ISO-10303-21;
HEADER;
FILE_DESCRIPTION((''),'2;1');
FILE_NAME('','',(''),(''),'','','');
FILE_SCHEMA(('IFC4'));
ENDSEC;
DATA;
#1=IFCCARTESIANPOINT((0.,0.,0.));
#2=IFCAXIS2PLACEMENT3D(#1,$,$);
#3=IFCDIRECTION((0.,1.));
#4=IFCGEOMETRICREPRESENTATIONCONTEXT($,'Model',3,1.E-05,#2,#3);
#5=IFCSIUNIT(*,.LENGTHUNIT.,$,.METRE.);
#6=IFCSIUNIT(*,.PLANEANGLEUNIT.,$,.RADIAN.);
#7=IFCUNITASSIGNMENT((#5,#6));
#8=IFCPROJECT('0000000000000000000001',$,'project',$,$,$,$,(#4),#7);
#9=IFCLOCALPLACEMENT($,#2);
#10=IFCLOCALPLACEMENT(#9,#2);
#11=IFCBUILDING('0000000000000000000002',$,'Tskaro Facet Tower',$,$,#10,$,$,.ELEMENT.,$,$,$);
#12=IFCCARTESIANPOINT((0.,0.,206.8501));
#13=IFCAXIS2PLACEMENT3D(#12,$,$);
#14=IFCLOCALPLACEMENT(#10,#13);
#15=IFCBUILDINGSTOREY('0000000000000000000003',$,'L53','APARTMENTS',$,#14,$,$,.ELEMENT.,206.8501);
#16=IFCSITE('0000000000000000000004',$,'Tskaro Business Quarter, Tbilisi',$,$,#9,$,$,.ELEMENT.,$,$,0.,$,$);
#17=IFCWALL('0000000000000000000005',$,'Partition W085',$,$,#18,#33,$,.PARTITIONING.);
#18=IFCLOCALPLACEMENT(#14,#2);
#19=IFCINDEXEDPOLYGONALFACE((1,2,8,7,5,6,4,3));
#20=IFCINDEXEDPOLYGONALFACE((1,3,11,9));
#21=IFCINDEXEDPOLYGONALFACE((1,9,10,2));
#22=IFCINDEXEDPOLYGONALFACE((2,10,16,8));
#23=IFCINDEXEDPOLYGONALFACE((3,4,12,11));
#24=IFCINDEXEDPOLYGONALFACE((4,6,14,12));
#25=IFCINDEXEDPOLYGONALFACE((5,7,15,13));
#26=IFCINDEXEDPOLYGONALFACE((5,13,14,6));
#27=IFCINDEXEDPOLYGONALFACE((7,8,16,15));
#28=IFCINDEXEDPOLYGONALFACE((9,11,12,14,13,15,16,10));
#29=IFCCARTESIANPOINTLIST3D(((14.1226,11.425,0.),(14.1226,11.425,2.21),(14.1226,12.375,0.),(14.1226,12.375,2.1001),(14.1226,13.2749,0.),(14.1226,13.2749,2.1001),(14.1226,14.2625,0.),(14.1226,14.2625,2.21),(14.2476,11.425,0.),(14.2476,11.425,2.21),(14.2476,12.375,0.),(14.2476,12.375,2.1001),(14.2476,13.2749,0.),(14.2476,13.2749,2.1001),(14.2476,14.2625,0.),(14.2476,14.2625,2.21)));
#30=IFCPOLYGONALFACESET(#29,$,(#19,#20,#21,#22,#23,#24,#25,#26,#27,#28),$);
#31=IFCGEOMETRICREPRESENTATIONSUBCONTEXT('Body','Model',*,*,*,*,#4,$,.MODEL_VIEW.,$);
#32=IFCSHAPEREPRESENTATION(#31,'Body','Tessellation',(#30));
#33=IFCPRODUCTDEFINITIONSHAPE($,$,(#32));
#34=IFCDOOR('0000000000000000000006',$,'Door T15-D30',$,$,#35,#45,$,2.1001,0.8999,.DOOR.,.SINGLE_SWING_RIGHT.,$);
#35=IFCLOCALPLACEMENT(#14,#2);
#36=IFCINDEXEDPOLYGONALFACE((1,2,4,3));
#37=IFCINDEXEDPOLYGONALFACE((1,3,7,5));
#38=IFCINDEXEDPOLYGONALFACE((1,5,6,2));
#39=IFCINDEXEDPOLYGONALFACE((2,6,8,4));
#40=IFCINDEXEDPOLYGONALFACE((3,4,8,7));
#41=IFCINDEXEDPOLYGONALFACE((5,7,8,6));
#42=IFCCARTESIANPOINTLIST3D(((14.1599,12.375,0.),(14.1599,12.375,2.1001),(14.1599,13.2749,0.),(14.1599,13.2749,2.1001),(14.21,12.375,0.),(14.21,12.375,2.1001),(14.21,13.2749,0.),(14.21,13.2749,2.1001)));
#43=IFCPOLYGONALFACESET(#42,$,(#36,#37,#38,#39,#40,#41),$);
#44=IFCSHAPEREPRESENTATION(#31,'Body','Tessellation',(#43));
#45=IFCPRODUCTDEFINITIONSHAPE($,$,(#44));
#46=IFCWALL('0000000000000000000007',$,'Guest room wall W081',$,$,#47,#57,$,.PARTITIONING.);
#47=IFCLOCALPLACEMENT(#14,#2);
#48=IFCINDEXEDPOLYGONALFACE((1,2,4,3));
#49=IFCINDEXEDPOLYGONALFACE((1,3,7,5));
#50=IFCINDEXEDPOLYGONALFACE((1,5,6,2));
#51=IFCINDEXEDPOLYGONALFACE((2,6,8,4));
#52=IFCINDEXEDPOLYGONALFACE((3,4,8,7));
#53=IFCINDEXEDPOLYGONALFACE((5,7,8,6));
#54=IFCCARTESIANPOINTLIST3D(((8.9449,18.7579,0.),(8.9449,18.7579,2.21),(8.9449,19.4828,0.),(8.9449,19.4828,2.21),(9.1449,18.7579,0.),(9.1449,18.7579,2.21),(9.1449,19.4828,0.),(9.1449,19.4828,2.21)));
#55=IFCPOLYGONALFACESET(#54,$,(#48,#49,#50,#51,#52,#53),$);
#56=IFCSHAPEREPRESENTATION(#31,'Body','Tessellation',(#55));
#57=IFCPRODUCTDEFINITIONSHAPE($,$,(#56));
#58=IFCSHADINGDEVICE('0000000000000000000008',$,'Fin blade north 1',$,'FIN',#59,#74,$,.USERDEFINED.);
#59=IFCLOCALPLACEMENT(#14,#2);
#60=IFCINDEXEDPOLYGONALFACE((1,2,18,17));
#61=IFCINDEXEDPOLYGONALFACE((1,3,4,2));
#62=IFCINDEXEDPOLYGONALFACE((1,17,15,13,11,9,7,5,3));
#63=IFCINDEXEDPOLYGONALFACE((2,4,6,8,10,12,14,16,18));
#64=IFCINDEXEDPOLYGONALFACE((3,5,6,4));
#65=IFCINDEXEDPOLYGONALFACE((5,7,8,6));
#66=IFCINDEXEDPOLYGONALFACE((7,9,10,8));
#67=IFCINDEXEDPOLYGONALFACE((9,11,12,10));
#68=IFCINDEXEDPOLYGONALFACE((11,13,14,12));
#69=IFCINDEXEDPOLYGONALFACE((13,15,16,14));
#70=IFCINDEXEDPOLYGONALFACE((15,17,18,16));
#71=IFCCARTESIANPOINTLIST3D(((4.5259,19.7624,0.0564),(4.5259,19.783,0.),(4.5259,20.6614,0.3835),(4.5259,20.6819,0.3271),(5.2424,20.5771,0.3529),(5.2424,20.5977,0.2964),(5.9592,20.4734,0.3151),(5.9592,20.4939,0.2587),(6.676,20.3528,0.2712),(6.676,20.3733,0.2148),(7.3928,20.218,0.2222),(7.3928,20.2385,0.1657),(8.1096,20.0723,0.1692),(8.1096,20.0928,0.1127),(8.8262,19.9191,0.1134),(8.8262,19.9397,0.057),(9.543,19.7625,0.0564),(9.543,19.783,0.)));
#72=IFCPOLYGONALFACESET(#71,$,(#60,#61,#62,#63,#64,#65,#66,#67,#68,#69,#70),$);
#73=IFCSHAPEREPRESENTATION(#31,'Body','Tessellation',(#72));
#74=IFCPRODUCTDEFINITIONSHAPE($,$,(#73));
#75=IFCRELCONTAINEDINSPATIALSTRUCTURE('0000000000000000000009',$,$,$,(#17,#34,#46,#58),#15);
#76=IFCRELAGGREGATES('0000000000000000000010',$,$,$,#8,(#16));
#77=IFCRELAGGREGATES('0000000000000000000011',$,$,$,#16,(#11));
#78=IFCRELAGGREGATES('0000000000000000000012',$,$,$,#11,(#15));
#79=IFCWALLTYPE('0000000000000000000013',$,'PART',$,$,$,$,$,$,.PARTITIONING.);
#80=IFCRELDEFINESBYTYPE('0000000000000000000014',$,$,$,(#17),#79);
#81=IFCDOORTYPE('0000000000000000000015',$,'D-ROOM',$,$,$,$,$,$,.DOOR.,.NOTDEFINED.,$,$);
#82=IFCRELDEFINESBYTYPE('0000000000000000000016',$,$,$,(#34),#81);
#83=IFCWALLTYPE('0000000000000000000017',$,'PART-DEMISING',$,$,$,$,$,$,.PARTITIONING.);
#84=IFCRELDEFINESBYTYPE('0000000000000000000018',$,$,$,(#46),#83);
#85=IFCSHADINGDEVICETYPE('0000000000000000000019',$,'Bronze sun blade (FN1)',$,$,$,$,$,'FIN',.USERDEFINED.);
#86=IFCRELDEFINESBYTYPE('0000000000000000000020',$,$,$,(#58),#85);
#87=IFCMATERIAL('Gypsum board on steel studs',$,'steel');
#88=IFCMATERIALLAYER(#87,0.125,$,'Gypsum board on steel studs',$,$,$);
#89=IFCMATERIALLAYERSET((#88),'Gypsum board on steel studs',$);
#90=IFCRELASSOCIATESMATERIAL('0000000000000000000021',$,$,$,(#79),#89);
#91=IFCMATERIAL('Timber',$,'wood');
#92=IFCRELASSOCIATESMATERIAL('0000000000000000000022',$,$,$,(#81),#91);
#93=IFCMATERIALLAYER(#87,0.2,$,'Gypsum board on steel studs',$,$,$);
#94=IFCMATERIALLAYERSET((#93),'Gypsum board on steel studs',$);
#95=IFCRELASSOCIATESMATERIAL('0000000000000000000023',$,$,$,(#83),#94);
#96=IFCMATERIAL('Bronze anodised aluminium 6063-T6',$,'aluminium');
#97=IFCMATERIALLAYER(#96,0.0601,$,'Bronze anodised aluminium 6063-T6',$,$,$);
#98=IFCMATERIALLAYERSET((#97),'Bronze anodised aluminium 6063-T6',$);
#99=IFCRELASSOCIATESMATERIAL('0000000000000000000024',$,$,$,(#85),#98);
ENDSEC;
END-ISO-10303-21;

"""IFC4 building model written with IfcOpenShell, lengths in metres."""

from ifc_helpers import new_model, si_unit, direction, frame, frame_2d, origin, place, context, subcontext, project, spatial, polyline, rectangle, outline, extrude, material, layer, layer_set, type_object, element, fill, save


model = new_model("IFC4")

# Units and contexts
model_context = context("Model", 3, precision=1e-05, world=origin(), true_north=direction((0.0, 1.0)))
body_context = subcontext(model_context, "Body", "Model", "MODEL_VIEW")
ifc_project = project(units=[si_unit("LENGTHUNIT", "METRE"), si_unit("PLANEANGLEUNIT", "RADIAN")], contexts=[model_context])

# Site, building, storey
site_placement = place(None, origin())
site = spatial("IfcSite", under=ifc_project, at=site_placement, Name="Tskaro Business Quarter, Tbilisi", CompositionType="ELEMENT", RefElevation=0.0)
building_placement = place(site_placement, origin())
building = spatial("IfcBuilding", under=site, at=building_placement, Name="Tskaro Facet Tower", CompositionType="ELEMENT")
storey_placement = place(building_placement, frame((0.0, 0.0, 206.8501)))
storey = spatial("IfcBuildingStorey", under=building, at=storey_placement, Name="L53", Description="APARTMENTS", CompositionType="ELEMENT", Elevation=206.8501)

# Shared definitions
ifc_material_1 = material(Name="Bronze anodised aluminium 6063-T6", Category="aluminium")

# Shared definitions
ifc_material_2 = material(Name="Gypsum board on steel studs", Category="steel")
ifc_layer_1 = layer(ifc_material_2, 0.125, Name="Gypsum board on steel studs")
ifc_layer_set_1 = layer_set([ifc_layer_1], Name="Gypsum board on steel studs")
wall_type_1 = type_object("IfcWallType", Name="PART", PredefinedType="PARTITIONING", material=ifc_layer_set_1)

# Wall, opening, door
wall_1_placement = place(storey_placement, frame((14.1851, 14.2625, 0.0), z_axis=(0.0, 0.0, 1.0), x_axis=(0.0, -1.0, 0.0)))
wall_1 = element("IfcWall", 1, at=wall_1_placement, inside=storey, type_object=wall_type_1, Name="Partition W085", PredefinedType="PARTITIONING", context=body_context, shape_type="SweptSolid", body=[
    extrude(rectangle(XDim=2.8374, YDim=0.125, at=frame_2d((1.4187, 0.0))), origin(), (0.0, 0.0, 1.0), 2.21),
])
opening_placement = place(wall_1_placement, frame((0.9875, 0.0, 0.0)))
opening = element("IfcOpeningElement", 2, at=opening_placement, cuts=wall_1, PredefinedType="OPENING", context=body_context, shape_type="SweptSolid", body=[
    extrude(rectangle(XDim=0.8999, YDim=2.1001, at=frame_2d((0.45, 1.05))), frame((0.0, 0.0725, 0.0), z_axis=(0.0, -1.0, 0.0), x_axis=(1.0, 0.0, 0.0)), (0.0, 0.0, 1.0), 0.145),
])
ifc_material_3 = material(Name="Timber", Category="wood")
door_type = type_object("IfcDoorType", Name="D-ROOM", OperationType="NOTDEFINED", PredefinedType="DOOR", material=ifc_material_3)
door_placement = place(opening_placement, origin())
door = element("IfcDoor", 3, at=door_placement, inside=storey, type_object=door_type, Name="Door T15-D30", OperationType="SINGLE_SWING_RIGHT", OverallHeight=2.1001, OverallWidth=0.8999, PredefinedType="DOOR", context=body_context, shape_type="SweptSolid", body=[
    extrude(rectangle(XDim=0.8999, YDim=2.1001, at=frame_2d((0.45, 1.05))), frame((0.0, 0.0249, 0.0), z_axis=(0.0, -1.0, 0.0), x_axis=(1.0, 0.0, 0.0)), (0.0, 0.0, 1.0), 0.05),
])
fill(opening, door)

# Wall
ifc_layer_2 = layer(ifc_material_2, 0.2, Name="Gypsum board on steel studs")
ifc_layer_set_2 = layer_set([ifc_layer_2], Name="Gypsum board on steel studs")
wall_type_2 = type_object("IfcWallType", Name="PART-DEMISING", PredefinedType="PARTITIONING", material=ifc_layer_set_2)
wall_2_placement = place(storey_placement, frame((9.0449, 18.7581, 0.0), z_axis=(0.0, 0.0, 1.0), x_axis=(0.0, 1.0, 0.0)))
element("IfcWall", 4, at=wall_2_placement, inside=storey, type_object=wall_type_2, Name="Guest room wall W081", PredefinedType="PARTITIONING", context=body_context, shape_type="SweptSolid", body=[
    extrude(rectangle(XDim=0.7249, YDim=0.2, at=frame_2d((0.3623, 0.0))), origin(), (0.0, 0.0, 1.0), 2.21),
])

# Shading device
ifc_layer_3 = layer(ifc_material_1, 0.0601, Name="Bronze anodised aluminium 6063-T6")
ifc_layer_set_3 = layer_set([ifc_layer_3], Name="Bronze anodised aluminium 6063-T6")
shading_device_type = type_object("IfcShadingDeviceType", Name="Bronze sun blade (FN1)", ElementType="FIN", PredefinedType="USERDEFINED", material=ifc_layer_set_3)
shading_device_placement = place(storey_placement, frame((9.543, 19.7625, 0.0564), z_axis=(0.000009, -0.341944, 0.93972), x_axis=(-1.0, -0.000003, 0.000009)))
element("IfcShadingDevice", 5, at=shading_device_placement, inside=storey, type_object=shading_device_type, Name="Fin blade north 1", ObjectType="FIN", PredefinedType="USERDEFINED", context=body_context, shape_type="SweptSolid", body=[
    extrude(outline(polyline([(0.0, 0.0), (5.0171, 0.0), (5.0171, -0.9566), (4.3005, -0.8669), (3.5837, -0.7566), (2.8669, -0.6282), (2.1501, -0.4848), (1.4333, -0.3297), (0.7168, -0.1667), (0.0, 0.0)])), origin(), (0.0, 0.0, -1.0), 0.0601),
])

save(model, "model.ifc")
